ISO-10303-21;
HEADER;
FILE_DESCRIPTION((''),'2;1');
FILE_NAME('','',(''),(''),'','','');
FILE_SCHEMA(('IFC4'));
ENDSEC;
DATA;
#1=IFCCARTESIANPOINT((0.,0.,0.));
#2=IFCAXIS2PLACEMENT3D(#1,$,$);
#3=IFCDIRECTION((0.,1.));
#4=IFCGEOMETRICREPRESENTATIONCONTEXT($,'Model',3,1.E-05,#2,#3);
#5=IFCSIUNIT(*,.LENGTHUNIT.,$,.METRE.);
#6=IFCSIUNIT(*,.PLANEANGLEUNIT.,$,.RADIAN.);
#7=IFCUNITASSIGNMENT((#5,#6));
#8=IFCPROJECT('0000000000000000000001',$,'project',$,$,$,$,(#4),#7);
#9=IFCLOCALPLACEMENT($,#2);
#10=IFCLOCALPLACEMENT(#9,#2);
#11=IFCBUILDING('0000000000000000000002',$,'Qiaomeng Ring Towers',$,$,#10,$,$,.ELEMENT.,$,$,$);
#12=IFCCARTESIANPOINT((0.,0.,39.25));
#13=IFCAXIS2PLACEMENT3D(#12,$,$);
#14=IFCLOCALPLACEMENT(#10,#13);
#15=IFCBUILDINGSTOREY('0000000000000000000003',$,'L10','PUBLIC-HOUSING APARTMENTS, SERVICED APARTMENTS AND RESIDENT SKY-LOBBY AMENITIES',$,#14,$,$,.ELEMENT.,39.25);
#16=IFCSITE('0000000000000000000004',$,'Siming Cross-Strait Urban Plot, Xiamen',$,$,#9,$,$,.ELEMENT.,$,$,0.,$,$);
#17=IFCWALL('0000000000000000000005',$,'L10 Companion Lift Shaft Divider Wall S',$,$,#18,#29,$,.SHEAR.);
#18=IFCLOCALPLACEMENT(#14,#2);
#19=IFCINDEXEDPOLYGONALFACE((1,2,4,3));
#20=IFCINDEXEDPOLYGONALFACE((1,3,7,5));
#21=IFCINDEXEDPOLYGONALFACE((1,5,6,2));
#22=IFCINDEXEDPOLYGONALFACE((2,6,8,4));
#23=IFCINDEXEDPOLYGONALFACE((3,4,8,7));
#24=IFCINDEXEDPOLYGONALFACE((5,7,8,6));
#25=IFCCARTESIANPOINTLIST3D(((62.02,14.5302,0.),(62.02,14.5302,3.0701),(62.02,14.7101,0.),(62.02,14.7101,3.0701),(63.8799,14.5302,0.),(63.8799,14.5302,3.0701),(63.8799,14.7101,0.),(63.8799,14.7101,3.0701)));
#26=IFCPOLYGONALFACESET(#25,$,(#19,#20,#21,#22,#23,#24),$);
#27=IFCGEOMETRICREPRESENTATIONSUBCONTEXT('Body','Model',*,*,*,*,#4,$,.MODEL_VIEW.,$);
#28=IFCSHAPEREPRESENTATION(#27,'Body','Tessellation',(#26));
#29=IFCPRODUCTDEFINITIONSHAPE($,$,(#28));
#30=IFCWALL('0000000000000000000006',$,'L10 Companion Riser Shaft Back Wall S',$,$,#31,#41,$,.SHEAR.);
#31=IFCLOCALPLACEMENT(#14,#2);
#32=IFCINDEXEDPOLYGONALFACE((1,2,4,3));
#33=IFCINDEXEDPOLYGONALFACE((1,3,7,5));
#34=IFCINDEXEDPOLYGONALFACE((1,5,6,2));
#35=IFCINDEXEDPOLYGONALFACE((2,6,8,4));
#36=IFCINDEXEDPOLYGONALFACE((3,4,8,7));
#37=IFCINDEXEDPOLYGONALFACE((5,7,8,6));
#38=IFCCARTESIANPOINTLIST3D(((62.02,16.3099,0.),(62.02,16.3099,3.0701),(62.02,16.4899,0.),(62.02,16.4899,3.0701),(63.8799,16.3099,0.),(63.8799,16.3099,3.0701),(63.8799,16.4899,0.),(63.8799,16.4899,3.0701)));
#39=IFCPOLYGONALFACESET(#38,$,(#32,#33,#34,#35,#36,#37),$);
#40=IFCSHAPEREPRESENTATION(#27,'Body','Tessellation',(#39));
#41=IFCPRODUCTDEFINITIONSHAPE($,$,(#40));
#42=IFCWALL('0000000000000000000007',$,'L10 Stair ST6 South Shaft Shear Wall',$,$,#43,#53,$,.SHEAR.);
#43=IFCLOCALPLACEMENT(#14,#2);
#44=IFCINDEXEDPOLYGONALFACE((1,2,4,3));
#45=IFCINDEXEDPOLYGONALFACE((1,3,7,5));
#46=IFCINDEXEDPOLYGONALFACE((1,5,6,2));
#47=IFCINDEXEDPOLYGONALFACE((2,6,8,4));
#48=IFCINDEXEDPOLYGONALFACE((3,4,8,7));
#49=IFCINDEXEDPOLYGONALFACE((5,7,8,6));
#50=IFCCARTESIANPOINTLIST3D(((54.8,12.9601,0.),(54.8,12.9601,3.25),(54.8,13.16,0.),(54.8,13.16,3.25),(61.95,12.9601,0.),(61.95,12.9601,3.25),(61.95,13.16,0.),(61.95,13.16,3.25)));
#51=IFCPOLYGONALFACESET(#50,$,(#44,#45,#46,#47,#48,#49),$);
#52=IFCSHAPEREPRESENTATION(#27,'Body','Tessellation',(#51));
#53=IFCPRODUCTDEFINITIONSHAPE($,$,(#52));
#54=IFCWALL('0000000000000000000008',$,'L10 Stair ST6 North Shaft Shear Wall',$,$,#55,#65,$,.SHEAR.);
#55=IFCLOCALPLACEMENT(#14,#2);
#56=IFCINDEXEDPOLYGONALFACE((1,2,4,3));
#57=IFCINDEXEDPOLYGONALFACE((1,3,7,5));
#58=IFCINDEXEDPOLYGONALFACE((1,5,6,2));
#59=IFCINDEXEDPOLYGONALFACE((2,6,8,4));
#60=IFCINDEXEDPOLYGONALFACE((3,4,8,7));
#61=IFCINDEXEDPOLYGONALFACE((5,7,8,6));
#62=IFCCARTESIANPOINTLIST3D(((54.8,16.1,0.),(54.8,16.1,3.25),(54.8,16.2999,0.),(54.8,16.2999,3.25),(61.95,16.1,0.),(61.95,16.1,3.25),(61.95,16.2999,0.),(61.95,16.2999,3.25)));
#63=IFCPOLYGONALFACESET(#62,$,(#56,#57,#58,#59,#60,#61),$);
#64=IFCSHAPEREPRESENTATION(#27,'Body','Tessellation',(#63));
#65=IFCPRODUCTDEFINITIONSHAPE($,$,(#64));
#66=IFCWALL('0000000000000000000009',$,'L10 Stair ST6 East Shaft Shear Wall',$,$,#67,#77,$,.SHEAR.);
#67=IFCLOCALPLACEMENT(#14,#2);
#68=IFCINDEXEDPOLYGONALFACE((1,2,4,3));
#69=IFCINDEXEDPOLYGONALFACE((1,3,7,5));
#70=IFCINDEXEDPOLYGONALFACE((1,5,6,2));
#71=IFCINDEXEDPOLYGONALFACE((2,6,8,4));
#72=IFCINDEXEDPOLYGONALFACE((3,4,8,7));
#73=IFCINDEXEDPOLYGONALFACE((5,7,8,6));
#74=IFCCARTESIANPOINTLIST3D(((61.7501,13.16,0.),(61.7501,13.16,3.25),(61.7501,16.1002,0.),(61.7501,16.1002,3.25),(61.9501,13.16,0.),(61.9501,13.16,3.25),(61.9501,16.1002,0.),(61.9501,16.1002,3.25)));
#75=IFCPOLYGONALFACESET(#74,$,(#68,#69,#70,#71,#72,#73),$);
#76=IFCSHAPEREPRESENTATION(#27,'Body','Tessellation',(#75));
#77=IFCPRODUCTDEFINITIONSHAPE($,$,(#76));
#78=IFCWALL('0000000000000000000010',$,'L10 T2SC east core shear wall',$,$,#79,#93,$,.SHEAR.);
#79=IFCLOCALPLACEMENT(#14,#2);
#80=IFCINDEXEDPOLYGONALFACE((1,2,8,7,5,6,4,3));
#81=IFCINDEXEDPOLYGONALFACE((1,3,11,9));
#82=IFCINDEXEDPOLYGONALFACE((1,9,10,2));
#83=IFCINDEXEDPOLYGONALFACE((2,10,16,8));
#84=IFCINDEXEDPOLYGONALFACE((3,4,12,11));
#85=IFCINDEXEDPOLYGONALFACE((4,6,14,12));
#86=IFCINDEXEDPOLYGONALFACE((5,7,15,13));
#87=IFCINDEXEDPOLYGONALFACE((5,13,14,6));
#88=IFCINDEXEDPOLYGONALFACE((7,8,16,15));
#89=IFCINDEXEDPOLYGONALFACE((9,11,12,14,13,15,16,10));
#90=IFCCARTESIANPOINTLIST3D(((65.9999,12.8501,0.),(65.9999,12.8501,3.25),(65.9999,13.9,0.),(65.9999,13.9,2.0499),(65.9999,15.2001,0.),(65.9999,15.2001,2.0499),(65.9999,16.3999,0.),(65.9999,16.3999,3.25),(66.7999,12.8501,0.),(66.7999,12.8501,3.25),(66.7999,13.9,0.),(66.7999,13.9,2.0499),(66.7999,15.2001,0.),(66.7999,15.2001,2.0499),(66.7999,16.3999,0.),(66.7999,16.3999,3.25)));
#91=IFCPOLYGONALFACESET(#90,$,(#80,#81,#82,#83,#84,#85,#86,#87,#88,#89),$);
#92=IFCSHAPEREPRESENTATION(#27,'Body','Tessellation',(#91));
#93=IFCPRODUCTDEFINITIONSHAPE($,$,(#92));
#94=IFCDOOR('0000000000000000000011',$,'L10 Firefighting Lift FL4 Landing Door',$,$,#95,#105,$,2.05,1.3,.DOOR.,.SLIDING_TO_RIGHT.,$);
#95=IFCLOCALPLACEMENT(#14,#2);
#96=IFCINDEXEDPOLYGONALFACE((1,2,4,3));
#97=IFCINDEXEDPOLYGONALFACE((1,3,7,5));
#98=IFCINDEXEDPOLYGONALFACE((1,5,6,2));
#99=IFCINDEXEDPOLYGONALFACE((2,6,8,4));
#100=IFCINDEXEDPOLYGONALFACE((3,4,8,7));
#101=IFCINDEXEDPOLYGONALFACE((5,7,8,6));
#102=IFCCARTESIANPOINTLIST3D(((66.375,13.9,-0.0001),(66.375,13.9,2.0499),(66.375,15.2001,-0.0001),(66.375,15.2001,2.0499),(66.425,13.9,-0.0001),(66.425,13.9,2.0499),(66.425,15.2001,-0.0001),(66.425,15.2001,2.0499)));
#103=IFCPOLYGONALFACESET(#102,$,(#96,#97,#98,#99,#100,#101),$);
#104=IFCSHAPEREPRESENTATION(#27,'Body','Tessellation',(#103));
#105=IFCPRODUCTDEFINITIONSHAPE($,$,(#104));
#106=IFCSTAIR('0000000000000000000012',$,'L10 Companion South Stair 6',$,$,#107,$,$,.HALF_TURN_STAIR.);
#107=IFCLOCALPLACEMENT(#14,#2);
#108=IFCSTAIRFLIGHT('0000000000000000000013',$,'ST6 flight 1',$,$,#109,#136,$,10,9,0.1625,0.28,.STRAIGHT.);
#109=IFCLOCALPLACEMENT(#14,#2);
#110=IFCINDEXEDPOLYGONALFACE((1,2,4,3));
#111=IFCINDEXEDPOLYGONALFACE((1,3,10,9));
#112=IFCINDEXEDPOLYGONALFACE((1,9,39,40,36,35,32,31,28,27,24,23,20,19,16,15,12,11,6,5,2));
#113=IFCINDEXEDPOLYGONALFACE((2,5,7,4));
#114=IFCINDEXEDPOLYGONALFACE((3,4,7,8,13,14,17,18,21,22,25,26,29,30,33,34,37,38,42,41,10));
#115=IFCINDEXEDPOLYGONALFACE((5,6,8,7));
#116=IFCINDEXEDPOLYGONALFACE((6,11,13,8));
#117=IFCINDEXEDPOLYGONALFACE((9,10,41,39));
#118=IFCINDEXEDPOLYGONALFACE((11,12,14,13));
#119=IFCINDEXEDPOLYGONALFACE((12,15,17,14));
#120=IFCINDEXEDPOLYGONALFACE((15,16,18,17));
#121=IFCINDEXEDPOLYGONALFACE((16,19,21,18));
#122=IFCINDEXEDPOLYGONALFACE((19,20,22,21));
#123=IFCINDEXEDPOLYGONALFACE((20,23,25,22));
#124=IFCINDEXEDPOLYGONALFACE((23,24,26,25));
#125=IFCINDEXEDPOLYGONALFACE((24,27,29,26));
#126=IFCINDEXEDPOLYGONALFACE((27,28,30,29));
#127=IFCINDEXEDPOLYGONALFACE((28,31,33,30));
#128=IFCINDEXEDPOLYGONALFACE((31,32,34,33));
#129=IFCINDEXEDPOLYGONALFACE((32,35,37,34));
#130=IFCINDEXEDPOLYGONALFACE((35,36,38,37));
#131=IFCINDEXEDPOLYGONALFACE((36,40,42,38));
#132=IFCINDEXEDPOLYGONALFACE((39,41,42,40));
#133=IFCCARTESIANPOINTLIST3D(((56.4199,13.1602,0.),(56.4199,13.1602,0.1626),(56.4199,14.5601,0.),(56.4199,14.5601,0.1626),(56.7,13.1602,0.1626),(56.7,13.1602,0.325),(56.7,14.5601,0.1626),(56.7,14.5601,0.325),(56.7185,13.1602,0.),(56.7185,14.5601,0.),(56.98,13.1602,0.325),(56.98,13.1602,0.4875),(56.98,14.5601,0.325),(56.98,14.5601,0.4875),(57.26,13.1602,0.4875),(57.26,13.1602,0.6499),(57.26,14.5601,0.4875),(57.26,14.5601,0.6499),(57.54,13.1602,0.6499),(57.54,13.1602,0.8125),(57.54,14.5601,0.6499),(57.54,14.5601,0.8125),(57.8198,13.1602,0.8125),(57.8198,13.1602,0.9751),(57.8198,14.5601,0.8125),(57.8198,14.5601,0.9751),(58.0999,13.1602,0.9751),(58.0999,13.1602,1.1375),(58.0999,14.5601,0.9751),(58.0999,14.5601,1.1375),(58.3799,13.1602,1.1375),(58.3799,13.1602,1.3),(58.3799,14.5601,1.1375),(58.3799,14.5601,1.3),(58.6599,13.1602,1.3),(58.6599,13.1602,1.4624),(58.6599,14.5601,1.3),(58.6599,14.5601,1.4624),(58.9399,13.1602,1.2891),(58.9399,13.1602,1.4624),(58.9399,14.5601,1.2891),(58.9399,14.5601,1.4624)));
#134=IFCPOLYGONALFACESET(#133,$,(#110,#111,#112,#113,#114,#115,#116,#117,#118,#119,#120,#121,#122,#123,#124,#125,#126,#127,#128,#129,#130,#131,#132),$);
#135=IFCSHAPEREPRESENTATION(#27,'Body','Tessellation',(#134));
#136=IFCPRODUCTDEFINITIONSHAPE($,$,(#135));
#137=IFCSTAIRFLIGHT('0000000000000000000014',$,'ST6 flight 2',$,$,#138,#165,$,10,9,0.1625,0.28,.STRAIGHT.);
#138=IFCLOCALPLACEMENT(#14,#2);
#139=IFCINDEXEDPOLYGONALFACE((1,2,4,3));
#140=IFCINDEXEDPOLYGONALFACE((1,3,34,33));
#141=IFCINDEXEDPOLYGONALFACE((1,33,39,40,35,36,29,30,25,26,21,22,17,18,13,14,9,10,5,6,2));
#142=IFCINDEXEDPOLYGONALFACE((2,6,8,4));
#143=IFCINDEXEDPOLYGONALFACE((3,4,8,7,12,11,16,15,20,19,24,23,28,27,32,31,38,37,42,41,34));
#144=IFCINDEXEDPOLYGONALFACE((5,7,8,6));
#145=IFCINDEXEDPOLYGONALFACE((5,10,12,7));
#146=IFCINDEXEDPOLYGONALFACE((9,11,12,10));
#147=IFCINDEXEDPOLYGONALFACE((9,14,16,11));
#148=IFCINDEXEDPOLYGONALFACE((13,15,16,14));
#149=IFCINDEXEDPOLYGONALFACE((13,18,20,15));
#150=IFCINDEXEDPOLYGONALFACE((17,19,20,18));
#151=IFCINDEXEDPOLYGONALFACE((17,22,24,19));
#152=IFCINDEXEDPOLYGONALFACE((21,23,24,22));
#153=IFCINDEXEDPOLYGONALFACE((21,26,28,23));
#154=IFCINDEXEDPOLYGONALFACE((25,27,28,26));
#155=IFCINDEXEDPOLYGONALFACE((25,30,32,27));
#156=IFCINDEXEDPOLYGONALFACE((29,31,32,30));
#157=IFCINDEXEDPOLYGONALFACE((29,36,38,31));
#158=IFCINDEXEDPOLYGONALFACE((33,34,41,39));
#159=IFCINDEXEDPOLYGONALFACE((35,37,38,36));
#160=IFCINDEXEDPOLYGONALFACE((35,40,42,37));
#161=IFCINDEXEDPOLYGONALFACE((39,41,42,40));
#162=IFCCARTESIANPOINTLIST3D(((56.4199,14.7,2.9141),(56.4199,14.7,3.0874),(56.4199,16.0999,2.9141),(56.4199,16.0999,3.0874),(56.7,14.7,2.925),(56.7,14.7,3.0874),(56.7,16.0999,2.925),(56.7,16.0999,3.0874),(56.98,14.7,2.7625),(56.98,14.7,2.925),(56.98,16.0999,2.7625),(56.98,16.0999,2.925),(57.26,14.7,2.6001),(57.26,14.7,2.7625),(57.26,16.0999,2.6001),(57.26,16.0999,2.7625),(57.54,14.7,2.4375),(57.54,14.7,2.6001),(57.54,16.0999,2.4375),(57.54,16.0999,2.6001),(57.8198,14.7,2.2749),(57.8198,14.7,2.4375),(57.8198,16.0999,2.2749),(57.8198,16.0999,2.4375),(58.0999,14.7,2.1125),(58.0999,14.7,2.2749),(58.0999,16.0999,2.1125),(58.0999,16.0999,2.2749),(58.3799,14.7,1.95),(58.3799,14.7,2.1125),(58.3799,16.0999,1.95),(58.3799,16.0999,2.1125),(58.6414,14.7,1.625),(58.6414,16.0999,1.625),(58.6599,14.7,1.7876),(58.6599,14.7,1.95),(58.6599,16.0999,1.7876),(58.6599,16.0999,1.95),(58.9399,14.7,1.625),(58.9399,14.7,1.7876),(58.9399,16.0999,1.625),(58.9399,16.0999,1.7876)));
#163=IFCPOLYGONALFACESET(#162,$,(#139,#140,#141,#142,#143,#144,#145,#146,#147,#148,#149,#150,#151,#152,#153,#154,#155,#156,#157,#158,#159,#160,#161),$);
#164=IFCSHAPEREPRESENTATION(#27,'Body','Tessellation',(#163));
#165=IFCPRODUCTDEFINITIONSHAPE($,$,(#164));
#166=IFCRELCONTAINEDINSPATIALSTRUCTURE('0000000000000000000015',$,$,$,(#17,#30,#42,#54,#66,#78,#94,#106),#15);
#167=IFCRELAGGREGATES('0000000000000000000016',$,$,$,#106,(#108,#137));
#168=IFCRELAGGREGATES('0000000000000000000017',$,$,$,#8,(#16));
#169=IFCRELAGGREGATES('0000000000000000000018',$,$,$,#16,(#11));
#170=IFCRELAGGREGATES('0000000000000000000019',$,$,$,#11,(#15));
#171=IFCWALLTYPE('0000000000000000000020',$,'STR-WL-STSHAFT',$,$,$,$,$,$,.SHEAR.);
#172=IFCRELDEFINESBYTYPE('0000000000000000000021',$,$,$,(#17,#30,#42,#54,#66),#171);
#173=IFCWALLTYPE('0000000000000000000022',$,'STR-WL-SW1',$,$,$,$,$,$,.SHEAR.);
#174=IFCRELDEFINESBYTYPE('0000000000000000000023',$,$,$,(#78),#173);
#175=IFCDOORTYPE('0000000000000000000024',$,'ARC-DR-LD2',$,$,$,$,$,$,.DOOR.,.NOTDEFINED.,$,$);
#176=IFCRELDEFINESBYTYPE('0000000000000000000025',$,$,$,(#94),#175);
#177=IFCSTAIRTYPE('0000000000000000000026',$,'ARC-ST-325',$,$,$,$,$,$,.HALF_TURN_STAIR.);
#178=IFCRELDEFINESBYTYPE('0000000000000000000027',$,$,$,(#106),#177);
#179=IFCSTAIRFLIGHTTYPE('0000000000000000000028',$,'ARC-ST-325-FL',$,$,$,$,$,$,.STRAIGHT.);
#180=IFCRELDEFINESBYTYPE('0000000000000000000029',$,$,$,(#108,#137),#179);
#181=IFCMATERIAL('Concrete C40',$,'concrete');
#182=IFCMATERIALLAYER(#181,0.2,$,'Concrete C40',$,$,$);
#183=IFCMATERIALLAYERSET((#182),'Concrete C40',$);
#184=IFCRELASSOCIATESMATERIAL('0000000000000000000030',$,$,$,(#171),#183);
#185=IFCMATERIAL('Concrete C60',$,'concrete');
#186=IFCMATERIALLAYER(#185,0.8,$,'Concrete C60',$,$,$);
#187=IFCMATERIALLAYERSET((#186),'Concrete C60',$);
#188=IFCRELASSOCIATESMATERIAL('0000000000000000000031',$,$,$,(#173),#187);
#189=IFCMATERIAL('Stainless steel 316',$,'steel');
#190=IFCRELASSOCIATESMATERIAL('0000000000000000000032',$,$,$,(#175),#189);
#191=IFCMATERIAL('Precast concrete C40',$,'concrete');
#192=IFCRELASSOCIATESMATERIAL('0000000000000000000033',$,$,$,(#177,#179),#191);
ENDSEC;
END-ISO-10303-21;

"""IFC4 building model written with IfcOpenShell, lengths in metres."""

from ifc_helpers import new_model, si_unit, direction, frame, frame_2d, origin, place, context, subcontext, project, spatial, polyline, rectangle, outline, extrude, source, transform, mapped, material, layer, layer_set, type_object, element, fill, aggregate, save


model = new_model("IFC4")

# Units and contexts
model_context = context("Model", 3, precision=1e-05, world=origin(), true_north=direction((0.0, 1.0)))
body_context = subcontext(model_context, "Body", "Model", "MODEL_VIEW")
ifc_project = project(units=[si_unit("LENGTHUNIT", "METRE"), si_unit("PLANEANGLEUNIT", "RADIAN")], contexts=[model_context])

# Site, building, storey
site_placement = place(None, origin())
site = spatial("IfcSite", under=ifc_project, at=site_placement, Name="Siming Cross-Strait Urban Plot, Xiamen", CompositionType="ELEMENT", RefElevation=0.0)
building_placement = place(site_placement, origin())
building = spatial("IfcBuilding", under=site, at=building_placement, Name="Qiaomeng Ring Towers", CompositionType="ELEMENT")
storey_placement = place(building_placement, frame((0.0, 0.0, 39.25)))
storey = spatial("IfcBuildingStorey", under=building, at=storey_placement, Name="L10", Description="PUBLIC-HOUSING APARTMENTS, SERVICED APARTMENTS AND RESIDENT SKY-LOBBY AMENITIES", CompositionType="ELEMENT", Elevation=39.25)

# Walls
ifc_material_1 = material(Name="Concrete C40", Category="concrete")
ifc_layer_1 = layer(ifc_material_1, 0.2, Name="Concrete C40")
ifc_layer_set_1 = layer_set([ifc_layer_1], Name="Concrete C40")
wall_type_1 = type_object("IfcWallType", Name="STR-WL-STSHAFT", PredefinedType="SHEAR", material=ifc_layer_set_1)
for number, where, z_axis, x_axis, name in (
    (1, (62.02, 14.6201, 0.0), (0.0, 0.0, 1.0), (1.0, 0.0, 0.0), "L10 Companion Lift Shaft Divider Wall S"),
    (2, (62.02, 16.3999, 0.0), (0.0, 0.0, 1.0), (1.0, 0.0, 0.0), "L10 Companion Riser Shaft Back Wall S"),
):
    element("IfcWall", number, at=place(storey_placement, frame(where, z_axis=z_axis, x_axis=x_axis)), inside=storey, type_object=wall_type_1, Name=name, PredefinedType="SHEAR", context=body_context, shape_type="SweptSolid", body=[
        extrude(rectangle(XDim=1.8599, YDim=0.1799, at=frame_2d((0.9299, 0.0))), origin(), (0.0, 0.0, 1.0), 3.0701),
    ])
for number, where, z_axis, x_axis, name in (
    (3, (54.8, 13.0601, 0.0), (0.0, 0.0, 1.0), (1.0, 0.0, 0.0), "L10 Stair ST6 South Shaft Shear Wall"),
    (4, (54.8, 16.2, 0.0), (0.0, 0.0, 1.0), (1.0, 0.0, 0.0), "L10 Stair ST6 North Shaft Shear Wall"),
):
    element("IfcWall", number, at=place(storey_placement, frame(where, z_axis=z_axis, x_axis=x_axis)), inside=storey, type_object=wall_type_1, Name=name, PredefinedType="SHEAR", context=body_context, shape_type="SweptSolid", body=[
        extrude(rectangle(XDim=7.1499, YDim=0.2, at=frame_2d((3.575, 0.0))), origin(), (0.0, 0.0, 1.0), 3.25),
    ])
wall_1_placement = place(storey_placement, frame((61.8501, 13.1599, 0.0), z_axis=(0.0, 0.0, 1.0), x_axis=(0.0, 1.0, 0.0)))
element("IfcWall", 5, at=wall_1_placement, inside=storey, type_object=wall_type_1, Name="L10 Stair ST6 East Shaft Shear Wall", PredefinedType="SHEAR", context=body_context, shape_type="SweptSolid", body=[
    extrude(rectangle(XDim=2.9402, YDim=0.2, at=frame_2d((1.4702, 0.0))), origin(), (0.0, 0.0, 1.0), 3.25),
])

# Wall, opening, door
ifc_material_2 = material(Name="Concrete C60", Category="concrete")
ifc_layer_2 = layer(ifc_material_2, 0.8, Name="Concrete C60")
ifc_layer_set_2 = layer_set([ifc_layer_2], Name="Concrete C60")
wall_type_2 = type_object("IfcWallType", Name="STR-WL-SW1", PredefinedType="SHEAR", material=ifc_layer_set_2)
wall_2_placement = place(storey_placement, frame((66.3999, 12.8501, 0.0), z_axis=(0.0, 0.0, 1.0), x_axis=(0.0, 1.0, 0.0)))
wall_2 = element("IfcWall", 6, at=wall_2_placement, inside=storey, type_object=wall_type_2, Name="L10 T2SC east core shear wall", PredefinedType="SHEAR", context=body_context, shape_type="SweptSolid", body=[
    extrude(rectangle(XDim=3.5498, YDim=0.8, at=frame_2d((1.7749, 0.0))), origin(), (0.0, 0.0, 1.0), 3.25),
])
opening_placement = place(wall_2_placement, frame((1.05, 0.0, 0.0)))
opening = element("IfcOpeningElement", 7, at=opening_placement, cuts=wall_2, PredefinedType="OPENING", context=body_context, shape_type="SweptSolid", body=[
    extrude(rectangle(XDim=1.3, YDim=2.05, at=frame_2d((0.6499, 1.0249))), frame((0.0, 0.4099, 0.0), z_axis=(0.0, -1.0, 0.0), x_axis=(1.0, 0.0, 0.0)), (0.0, 0.0, 1.0), 0.8201),
])
ifc_material_3 = material(Name="Stainless steel 316", Category="steel")
door_type = type_object("IfcDoorType", Name="ARC-DR-LD2", OperationType="NOTDEFINED", PredefinedType="DOOR", material=ifc_material_3)
shared_shape_1 = source(origin(), body_context, "Body", "SweptSolid", [
    extrude(rectangle(XDim=1.3, YDim=2.05, at=frame_2d((0.6499, 1.0249))), frame((0.0, 0.0249, 0.0), z_axis=(0.0, -1.0, 0.0), x_axis=(1.0, 0.0, 0.0)), (0.0, 0.0, 1.0), 0.05),
])
door_placement = place(opening_placement, origin())
door = element("IfcDoor", 8, at=door_placement, inside=storey, type_object=door_type, Name="L10 Firefighting Lift FL4 Landing Door", OperationType="SLIDING_TO_RIGHT", OverallHeight=2.05, OverallWidth=1.3, PredefinedType="DOOR", context=body_context, shape_type="MappedRepresentation", body=[
    mapped(shared_shape_1, transform((0.0, 0.0, 0.0), x_axis=(1.0, 0.0, 0.0), y_axis=(0.0, 1.0, 0.0), z_axis=(0.0, 0.0, 1.0), scale=1.0)),
])
fill(opening, door)

# Stair, stair flights
ifc_material_4 = material(Name="Precast concrete C40", Category="concrete")
stair_type = type_object("IfcStairType", Name="ARC-ST-325", PredefinedType="HALF_TURN_STAIR", material=ifc_material_4)
stair_placement = place(storey_placement, origin())
stair = element("IfcStair", 9, at=stair_placement, inside=storey, type_object=stair_type, Name="L10 Companion South Stair 6", PredefinedType="HALF_TURN_STAIR")
stair_flight_type = type_object("IfcStairFlightType", Name="ARC-ST-325-FL", PredefinedType="STRAIGHT", material=ifc_material_4)
shared_shape_2 = source(origin(), body_context, "Body", "SweptSolid", [
    extrude(outline(polyline([(0.0, 0.0), (0.0, 0.1626), (0.28, 0.1626), (0.28, 0.325), (0.5601, 0.325), (0.5601, 0.4875), (0.8401, 0.4875), (0.8401, 0.6499), (1.1201, 0.6499), (1.1201, 0.8125), (1.3999, 0.8125), (1.3999, 0.9751), (1.6799, 0.9751), (1.6799, 1.1375), (1.96, 1.1375), (1.96, 1.3), (2.24, 1.3), (2.24, 1.4624), (2.52, 1.4624), (2.52, 1.625), (2.52, 1.2891), (0.2986, 0.0), (0.0, 0.0)])), frame((0.0, 0.7, 0.0), z_axis=(0.0, -1.0, 0.0), x_axis=(1.0, 0.0, 0.0)), (0.0, 0.0, 1.0), 1.3999),
])
stair_flight_1_placement = place(storey_placement, frame((56.4199, 13.8601, 0.0), z_axis=(0.0, 0.0, 1.0), x_axis=(1.0, 0.0, 0.0)))
stair_flight_1 = element("IfcStairFlight", 10, at=stair_flight_1_placement, type_object=stair_flight_type, Name="ST6 flight 1", NumberOfRisers=10, NumberOfTreads=9, PredefinedType="STRAIGHT", RiserHeight=0.1625, TreadLength=0.28, context=body_context, shape_type="MappedRepresentation", body=[
    mapped(shared_shape_2, transform((0.0, 0.0, 0.0), x_axis=(1.0, 0.0, 0.0), y_axis=(0.0, 1.0, 0.0), z_axis=(0.0, 0.0, 1.0), scale=1.0)),
])
stair_flight_2_placement = place(storey_placement, frame((58.9399, 15.3999, 1.625), z_axis=(0.0, 0.0, 1.0), x_axis=(-1.0, 0.0, 0.0)))
stair_flight_2 = element("IfcStairFlight", 11, at=stair_flight_2_placement, type_object=stair_flight_type, Name="ST6 flight 2", NumberOfRisers=10, NumberOfTreads=9, PredefinedType="STRAIGHT", RiserHeight=0.1625, TreadLength=0.28, context=body_context, shape_type="MappedRepresentation", body=[
    mapped(shared_shape_2, transform((0.0, 0.0, 0.0), x_axis=(1.0, 0.0, 0.0), y_axis=(0.0, 1.0, 0.0), z_axis=(0.0, 0.0, 1.0), scale=1.0)),
])
aggregate(stair, [stair_flight_1, stair_flight_2])

save(model, "model.ifc")
